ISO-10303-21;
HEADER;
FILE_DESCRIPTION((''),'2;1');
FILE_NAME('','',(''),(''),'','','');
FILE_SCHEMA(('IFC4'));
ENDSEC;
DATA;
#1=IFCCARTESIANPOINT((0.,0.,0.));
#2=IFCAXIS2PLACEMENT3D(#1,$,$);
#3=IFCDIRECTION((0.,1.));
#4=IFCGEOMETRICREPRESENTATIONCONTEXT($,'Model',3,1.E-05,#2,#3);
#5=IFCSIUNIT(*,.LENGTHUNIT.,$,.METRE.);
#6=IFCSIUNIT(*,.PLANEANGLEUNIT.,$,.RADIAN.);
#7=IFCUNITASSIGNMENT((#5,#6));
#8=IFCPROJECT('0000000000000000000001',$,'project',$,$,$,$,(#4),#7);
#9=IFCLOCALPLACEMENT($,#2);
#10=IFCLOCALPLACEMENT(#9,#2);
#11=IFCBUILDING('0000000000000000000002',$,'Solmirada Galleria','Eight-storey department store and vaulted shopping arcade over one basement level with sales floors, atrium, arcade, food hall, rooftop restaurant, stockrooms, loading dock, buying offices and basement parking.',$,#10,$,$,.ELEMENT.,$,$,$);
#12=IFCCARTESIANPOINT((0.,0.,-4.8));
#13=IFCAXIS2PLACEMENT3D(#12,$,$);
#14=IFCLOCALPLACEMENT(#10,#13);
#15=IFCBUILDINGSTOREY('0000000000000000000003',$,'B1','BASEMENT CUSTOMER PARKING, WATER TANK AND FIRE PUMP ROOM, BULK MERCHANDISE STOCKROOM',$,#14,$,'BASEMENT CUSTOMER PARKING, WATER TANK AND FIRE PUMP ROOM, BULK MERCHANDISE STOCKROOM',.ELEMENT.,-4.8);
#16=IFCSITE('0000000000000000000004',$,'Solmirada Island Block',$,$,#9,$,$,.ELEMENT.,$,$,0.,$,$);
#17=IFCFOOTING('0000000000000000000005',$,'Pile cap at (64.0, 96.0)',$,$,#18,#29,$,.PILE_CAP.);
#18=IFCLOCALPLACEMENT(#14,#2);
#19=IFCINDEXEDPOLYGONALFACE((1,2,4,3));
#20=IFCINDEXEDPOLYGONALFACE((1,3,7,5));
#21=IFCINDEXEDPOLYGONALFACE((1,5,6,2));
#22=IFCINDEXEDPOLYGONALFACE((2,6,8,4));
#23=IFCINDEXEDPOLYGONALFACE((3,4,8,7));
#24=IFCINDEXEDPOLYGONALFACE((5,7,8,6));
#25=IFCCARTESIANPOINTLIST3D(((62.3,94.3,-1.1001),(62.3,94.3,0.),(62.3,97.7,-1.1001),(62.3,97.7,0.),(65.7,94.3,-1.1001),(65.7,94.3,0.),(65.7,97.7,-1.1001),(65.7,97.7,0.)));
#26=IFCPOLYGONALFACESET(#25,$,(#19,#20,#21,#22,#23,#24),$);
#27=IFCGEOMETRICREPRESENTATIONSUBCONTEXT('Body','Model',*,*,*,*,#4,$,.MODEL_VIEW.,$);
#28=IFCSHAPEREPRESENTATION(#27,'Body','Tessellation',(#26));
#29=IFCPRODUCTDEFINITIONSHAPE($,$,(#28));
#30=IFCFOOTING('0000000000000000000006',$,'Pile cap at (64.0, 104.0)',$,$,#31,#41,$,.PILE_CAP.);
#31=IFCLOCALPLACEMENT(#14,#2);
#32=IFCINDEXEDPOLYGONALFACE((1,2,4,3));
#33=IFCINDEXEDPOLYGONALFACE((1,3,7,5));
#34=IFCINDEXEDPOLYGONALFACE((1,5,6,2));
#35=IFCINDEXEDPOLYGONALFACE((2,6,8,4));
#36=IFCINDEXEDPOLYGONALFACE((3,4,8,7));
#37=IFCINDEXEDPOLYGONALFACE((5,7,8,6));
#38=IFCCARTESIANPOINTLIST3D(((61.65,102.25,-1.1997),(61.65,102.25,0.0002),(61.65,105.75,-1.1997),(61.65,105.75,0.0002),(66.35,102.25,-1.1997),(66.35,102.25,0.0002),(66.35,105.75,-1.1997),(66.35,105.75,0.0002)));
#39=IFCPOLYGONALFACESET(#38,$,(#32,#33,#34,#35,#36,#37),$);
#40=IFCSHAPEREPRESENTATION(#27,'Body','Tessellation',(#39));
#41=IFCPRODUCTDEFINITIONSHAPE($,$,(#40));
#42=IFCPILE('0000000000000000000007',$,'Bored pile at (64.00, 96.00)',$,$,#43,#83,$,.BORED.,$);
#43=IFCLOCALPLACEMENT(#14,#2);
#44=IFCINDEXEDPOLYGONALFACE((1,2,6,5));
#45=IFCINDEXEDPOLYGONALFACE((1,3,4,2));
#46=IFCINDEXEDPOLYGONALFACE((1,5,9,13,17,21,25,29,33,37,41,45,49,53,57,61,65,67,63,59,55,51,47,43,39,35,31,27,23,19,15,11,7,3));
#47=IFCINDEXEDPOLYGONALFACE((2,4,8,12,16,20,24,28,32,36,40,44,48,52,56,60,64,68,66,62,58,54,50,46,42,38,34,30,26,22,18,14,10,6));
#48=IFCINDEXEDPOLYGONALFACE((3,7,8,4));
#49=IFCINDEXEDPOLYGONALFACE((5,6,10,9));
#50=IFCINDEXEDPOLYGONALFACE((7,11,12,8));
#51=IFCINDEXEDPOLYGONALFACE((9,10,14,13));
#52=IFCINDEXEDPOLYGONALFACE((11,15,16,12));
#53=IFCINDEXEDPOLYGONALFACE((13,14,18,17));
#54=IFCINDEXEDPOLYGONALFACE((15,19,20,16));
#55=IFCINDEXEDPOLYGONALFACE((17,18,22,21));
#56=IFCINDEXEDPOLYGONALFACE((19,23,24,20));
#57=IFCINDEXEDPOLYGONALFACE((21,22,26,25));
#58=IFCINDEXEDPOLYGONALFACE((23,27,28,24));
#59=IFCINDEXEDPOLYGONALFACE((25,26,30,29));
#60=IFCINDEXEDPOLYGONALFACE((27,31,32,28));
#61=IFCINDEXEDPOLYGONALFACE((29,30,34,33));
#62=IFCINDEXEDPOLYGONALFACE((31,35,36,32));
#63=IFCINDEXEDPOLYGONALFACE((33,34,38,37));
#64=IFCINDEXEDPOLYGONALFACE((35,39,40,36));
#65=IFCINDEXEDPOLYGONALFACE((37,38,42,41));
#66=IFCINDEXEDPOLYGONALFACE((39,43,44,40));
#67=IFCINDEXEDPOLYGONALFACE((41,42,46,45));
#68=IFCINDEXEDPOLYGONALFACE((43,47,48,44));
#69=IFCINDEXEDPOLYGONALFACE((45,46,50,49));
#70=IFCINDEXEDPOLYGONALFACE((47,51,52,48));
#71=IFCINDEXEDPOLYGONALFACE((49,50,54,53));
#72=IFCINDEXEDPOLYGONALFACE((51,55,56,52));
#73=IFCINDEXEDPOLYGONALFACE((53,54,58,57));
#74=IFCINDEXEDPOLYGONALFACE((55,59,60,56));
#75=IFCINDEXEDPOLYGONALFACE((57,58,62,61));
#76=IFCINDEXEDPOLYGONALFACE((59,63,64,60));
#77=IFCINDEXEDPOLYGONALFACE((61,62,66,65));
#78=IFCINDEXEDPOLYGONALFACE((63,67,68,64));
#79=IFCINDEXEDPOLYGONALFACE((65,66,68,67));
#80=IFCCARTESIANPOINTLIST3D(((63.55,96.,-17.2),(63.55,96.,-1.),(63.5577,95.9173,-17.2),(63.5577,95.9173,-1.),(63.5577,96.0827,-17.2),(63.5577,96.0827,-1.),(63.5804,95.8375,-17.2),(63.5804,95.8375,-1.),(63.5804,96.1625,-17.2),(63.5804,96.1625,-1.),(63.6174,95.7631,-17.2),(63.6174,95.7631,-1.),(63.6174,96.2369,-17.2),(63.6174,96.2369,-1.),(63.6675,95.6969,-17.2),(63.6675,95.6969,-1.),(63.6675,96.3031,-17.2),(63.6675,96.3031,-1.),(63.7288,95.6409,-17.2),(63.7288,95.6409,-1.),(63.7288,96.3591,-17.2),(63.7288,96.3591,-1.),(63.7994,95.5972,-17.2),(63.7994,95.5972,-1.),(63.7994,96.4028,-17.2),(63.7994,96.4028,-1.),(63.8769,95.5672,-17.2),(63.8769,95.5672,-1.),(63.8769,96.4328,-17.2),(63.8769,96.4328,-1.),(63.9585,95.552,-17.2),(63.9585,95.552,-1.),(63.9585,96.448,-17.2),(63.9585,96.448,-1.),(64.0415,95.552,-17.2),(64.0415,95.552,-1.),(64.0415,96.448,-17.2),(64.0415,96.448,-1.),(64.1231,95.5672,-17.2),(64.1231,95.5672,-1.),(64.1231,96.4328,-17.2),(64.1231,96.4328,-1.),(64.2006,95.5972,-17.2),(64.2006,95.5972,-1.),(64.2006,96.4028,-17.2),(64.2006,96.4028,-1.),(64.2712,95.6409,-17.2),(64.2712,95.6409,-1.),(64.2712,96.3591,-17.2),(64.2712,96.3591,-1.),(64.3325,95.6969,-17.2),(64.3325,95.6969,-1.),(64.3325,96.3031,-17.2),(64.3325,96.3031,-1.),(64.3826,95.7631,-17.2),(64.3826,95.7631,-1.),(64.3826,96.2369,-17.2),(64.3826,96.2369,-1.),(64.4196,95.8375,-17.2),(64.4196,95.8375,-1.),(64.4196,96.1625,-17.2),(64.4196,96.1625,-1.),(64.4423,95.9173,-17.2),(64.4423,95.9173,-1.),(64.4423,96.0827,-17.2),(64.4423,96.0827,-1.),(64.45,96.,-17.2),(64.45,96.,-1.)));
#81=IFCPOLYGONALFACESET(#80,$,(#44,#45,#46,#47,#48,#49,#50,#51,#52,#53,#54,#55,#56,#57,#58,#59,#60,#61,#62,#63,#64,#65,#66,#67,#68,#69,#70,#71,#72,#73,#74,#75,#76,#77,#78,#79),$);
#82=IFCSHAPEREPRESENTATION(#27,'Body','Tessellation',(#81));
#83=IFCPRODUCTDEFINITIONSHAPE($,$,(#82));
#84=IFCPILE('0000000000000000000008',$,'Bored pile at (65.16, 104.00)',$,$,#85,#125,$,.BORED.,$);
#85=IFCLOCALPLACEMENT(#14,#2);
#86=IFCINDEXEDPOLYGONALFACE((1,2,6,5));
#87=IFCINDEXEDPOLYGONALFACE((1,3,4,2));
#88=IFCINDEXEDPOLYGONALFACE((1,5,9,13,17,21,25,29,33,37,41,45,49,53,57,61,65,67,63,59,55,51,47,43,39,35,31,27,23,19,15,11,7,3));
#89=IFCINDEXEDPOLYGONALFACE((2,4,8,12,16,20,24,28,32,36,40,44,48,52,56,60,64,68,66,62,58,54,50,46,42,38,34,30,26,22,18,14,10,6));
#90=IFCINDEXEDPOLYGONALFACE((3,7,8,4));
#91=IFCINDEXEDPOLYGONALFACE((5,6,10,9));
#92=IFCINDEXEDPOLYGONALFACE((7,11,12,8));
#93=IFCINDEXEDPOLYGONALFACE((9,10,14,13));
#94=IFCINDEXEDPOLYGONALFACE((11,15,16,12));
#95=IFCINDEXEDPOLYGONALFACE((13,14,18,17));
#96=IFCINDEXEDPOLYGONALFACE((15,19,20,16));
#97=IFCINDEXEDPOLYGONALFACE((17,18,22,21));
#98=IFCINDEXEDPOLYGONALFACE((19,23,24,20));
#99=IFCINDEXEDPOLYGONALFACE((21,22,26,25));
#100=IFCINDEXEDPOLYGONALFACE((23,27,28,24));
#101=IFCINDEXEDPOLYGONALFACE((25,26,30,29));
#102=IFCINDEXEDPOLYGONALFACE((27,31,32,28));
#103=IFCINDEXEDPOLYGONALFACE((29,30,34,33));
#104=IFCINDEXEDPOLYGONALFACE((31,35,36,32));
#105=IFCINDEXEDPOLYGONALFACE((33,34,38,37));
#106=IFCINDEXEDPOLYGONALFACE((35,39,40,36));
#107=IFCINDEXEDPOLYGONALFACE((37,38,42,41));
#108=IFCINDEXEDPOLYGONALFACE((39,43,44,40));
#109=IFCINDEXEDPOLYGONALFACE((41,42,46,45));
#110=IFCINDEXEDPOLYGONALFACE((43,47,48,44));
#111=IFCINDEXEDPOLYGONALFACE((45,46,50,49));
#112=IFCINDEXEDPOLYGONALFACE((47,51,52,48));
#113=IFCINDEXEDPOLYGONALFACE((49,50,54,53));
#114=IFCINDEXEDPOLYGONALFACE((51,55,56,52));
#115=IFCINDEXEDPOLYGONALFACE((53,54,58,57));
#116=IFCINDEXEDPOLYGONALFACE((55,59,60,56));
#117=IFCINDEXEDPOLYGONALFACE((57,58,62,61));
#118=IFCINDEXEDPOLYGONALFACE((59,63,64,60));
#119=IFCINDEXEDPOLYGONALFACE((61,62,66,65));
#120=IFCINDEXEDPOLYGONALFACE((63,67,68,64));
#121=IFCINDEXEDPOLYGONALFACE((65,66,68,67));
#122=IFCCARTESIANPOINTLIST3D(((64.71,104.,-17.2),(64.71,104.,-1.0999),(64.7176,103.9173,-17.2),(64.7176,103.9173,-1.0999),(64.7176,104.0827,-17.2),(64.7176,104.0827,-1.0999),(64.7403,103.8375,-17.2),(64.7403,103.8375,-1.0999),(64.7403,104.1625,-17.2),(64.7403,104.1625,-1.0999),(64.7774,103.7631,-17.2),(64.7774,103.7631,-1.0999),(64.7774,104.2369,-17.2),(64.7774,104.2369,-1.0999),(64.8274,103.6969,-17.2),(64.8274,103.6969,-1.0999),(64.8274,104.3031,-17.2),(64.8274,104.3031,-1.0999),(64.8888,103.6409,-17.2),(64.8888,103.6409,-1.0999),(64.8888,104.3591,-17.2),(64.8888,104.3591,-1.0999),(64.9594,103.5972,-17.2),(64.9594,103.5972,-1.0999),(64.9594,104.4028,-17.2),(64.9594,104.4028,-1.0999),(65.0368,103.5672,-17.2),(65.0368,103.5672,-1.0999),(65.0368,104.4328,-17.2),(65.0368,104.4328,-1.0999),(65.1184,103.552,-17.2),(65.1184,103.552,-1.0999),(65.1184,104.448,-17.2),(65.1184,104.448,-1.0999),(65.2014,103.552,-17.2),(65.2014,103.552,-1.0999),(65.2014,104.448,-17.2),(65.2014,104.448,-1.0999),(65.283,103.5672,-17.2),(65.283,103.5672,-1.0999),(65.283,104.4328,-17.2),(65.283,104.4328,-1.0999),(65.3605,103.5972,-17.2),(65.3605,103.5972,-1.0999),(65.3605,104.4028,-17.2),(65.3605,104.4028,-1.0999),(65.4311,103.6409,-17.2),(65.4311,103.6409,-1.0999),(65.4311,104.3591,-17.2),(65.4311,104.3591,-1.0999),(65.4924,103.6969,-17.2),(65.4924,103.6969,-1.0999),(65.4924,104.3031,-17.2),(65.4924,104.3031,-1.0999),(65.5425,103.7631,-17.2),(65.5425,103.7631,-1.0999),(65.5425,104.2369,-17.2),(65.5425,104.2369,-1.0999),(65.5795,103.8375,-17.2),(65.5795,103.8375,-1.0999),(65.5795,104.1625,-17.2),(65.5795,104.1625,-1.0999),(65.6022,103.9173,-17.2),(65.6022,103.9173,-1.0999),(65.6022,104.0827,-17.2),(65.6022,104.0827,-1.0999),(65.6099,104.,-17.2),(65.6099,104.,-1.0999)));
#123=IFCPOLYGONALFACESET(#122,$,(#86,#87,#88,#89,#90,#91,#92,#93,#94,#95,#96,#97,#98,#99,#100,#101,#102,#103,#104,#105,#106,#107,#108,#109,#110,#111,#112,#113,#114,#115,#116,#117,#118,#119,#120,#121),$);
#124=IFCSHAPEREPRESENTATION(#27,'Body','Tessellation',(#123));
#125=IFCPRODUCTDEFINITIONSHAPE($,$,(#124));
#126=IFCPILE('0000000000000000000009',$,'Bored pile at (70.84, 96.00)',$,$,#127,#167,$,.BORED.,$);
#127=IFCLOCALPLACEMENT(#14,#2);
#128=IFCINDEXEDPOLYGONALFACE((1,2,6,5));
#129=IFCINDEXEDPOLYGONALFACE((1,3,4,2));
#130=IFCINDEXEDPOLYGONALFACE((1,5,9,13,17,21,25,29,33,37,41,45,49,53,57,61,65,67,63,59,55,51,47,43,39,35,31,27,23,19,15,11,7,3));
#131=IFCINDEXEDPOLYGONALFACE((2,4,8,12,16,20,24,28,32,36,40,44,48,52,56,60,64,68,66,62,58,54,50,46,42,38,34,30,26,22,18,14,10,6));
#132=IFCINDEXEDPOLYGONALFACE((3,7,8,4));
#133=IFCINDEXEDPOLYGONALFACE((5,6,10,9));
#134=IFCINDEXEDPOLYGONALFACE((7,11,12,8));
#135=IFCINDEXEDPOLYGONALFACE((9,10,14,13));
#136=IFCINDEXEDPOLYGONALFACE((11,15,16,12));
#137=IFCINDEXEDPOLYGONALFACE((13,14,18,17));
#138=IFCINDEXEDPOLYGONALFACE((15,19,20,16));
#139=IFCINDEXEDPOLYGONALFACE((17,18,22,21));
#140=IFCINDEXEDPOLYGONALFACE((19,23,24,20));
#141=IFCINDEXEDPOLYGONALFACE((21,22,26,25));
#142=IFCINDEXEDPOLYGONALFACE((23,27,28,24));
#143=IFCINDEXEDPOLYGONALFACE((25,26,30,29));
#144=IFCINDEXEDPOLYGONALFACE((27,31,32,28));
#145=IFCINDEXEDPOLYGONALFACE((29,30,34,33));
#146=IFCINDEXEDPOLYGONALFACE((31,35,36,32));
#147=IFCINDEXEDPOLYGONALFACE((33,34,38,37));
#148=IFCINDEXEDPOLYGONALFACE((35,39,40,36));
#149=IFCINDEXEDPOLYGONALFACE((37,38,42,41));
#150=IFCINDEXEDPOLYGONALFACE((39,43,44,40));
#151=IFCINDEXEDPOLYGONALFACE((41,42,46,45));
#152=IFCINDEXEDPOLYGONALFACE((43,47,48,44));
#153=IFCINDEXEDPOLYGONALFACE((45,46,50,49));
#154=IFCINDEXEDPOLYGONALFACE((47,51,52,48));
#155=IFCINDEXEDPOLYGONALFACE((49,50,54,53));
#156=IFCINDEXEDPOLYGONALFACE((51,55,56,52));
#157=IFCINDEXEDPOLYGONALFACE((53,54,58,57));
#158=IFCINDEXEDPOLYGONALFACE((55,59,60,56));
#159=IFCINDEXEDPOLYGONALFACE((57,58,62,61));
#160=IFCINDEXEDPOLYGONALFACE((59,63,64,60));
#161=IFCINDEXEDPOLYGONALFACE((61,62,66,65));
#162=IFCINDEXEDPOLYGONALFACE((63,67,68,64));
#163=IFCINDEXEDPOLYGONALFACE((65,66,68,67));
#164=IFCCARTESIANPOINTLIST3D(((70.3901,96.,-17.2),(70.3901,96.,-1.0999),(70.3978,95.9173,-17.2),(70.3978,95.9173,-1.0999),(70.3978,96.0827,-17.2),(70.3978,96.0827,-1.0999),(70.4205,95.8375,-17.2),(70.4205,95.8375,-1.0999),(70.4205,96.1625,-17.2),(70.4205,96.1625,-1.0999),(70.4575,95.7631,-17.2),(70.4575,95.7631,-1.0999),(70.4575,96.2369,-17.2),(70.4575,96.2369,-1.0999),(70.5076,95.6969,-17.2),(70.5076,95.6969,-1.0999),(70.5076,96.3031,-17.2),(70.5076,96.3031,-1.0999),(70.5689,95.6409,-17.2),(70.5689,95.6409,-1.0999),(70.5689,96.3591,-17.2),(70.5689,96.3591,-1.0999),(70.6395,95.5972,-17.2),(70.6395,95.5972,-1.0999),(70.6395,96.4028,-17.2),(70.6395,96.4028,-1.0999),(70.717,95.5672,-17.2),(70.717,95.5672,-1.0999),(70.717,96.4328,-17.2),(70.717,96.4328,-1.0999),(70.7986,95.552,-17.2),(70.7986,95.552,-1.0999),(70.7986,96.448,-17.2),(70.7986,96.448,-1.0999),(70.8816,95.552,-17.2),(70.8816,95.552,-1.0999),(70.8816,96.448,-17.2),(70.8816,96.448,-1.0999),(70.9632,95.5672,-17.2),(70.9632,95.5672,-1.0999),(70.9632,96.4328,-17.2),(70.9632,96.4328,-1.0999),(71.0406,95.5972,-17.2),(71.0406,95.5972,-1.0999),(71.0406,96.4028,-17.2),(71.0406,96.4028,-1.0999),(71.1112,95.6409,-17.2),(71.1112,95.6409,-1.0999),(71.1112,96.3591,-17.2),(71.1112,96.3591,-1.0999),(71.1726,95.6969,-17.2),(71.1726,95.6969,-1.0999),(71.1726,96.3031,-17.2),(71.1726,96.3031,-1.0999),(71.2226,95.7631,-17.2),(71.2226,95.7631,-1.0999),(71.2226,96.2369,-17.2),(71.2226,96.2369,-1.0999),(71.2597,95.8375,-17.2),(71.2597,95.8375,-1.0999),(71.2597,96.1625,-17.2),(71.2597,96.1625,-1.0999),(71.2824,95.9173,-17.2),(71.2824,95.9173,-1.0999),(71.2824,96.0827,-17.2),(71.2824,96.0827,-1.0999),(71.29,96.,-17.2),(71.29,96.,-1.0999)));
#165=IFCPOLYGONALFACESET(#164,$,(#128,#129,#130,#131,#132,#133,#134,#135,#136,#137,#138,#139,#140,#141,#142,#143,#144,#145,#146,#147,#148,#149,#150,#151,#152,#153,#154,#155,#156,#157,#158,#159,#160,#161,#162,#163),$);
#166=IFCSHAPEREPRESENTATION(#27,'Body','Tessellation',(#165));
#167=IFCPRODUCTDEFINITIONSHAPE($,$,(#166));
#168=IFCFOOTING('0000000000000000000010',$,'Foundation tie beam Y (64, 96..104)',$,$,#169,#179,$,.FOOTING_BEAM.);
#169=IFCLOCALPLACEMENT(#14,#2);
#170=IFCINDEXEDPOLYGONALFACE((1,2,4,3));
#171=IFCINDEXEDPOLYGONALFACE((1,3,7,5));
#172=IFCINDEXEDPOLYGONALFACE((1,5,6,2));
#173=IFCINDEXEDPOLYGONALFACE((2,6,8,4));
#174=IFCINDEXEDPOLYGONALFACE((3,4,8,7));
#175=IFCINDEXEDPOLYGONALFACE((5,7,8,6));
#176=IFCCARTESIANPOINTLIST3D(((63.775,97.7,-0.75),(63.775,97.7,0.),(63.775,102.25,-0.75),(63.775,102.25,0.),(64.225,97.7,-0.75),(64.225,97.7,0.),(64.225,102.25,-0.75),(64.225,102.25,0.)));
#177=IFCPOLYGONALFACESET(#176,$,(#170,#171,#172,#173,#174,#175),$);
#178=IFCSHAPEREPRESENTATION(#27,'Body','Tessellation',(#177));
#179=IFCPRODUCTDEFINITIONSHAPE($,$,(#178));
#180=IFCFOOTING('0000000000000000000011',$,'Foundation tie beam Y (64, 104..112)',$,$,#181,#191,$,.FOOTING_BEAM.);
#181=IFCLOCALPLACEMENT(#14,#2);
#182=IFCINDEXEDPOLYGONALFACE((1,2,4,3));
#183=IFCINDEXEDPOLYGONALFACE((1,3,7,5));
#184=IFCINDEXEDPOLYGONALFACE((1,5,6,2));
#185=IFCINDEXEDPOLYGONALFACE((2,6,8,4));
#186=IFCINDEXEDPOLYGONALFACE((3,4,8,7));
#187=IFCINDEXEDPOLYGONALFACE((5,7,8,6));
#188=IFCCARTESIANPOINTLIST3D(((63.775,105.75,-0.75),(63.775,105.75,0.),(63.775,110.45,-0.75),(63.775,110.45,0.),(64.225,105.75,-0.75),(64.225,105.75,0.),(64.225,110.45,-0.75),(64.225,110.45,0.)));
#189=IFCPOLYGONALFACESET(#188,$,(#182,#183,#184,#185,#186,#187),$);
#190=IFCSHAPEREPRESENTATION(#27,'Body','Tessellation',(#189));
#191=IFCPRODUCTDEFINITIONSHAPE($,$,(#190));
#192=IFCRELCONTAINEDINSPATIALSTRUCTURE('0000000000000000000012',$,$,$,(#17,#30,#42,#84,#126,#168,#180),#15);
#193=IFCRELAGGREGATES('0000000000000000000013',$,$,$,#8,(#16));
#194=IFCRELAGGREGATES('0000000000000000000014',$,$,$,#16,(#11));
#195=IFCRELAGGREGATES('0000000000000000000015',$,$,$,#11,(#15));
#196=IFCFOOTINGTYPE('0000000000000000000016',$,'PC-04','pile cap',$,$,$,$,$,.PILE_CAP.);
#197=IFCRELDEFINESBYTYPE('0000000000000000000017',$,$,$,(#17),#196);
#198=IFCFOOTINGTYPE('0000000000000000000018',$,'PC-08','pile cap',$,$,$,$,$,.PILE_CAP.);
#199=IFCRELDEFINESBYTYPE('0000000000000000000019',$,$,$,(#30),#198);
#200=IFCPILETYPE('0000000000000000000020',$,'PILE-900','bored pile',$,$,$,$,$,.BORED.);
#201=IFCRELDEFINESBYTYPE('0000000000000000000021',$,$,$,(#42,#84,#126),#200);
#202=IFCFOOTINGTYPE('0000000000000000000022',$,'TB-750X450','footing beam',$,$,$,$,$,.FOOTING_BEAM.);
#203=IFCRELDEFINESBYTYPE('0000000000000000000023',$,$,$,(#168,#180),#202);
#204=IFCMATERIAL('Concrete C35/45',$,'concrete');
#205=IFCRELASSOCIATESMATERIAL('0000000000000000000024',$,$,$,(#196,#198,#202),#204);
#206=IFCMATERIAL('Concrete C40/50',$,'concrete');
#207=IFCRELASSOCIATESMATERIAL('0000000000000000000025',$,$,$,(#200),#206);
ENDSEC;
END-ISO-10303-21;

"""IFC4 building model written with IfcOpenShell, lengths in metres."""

from ifc_helpers import new_model, si_unit, direction, frame, origin, origin_2d, place, context, subcontext, project, spatial, rectangle, circle, extrude, material, material_profile, profile_set, type_object, element, save


model = new_model("IFC4")

# Units and contexts
model_context = context("Model", 3, precision=1e-05, world=origin(), true_north=direction((0.0, 1.0)))
body_context = subcontext(model_context, "Body", "Model", "MODEL_VIEW")
ifc_project = project(units=[si_unit("LENGTHUNIT", "METRE"), si_unit("PLANEANGLEUNIT", "RADIAN")], contexts=[model_context])

# Site, building, storey
site_placement = place(None, origin())
site = spatial("IfcSite", under=ifc_project, at=site_placement, Name="Solmirada Island Block", CompositionType="ELEMENT", RefElevation=0.0)
building_placement = place(site_placement, origin())
building = spatial("IfcBuilding", under=site, at=building_placement, Name="Solmirada Galleria", Description="Eight-storey department store and vaulted shopping arcade over one basement level with sales floors, atrium, arcade, food hall, rooftop restaurant, stockrooms, loading dock, buying offices and basement parking.", CompositionType="ELEMENT")
storey_placement = place(building_placement, frame((0.0, 0.0, -4.8)))
storey = spatial("IfcBuildingStorey", under=building, at=storey_placement, Name="B1", Description="BASEMENT CUSTOMER PARKING, WATER TANK AND FIRE PUMP ROOM, BULK MERCHANDISE STOCKROOM", LongName="BASEMENT CUSTOMER PARKING, WATER TANK AND FIRE PUMP ROOM, BULK MERCHANDISE STOCKROOM", CompositionType="ELEMENT", Elevation=-4.8)

# Footings
ifc_material_1 = material(Name="Concrete C35/45", Category="concrete")
footing_type_1 = type_object("IfcFootingType", Name="PC-04", Description="pile cap", PredefinedType="PILE_CAP", material=ifc_material_1)
footing_1_placement = place(storey_placement, frame((64.0, 96.0, -1.1001), z_axis=(0.0, 0.0, 1.0), x_axis=(1.0, 0.0, 0.0)))
element("IfcFooting", 1, at=footing_1_placement, inside=storey, type_object=footing_type_1, Name="Pile cap at (64.0, 96.0)", PredefinedType="PILE_CAP", context=body_context, shape_type="SweptSolid", body=[
    extrude(rectangle(XDim=3.3999, YDim=3.3999, at=origin_2d()), origin(), (0.0, 0.0, 1.0), 1.1001),
])
footing_type_2 = type_object("IfcFootingType", Name="PC-08", Description="pile cap", PredefinedType="PILE_CAP", material=ifc_material_1)
footing_2_placement = place(storey_placement, frame((64.0, 104.0, -1.1997), z_axis=(0.0, 0.0, 1.0), x_axis=(1.0, 0.0, 0.0)))
element("IfcFooting", 2, at=footing_2_placement, inside=storey, type_object=footing_type_2, Name="Pile cap at (64.0, 104.0)", PredefinedType="PILE_CAP", context=body_context, shape_type="SweptSolid", body=[
    extrude(rectangle(XDim=4.7, YDim=3.5, at=origin_2d()), origin(), (0.0, 0.0, 1.0), 1.2),
])

# Piles
ifc_material_2 = material(Name="Concrete C40/50", Category="concrete")
ifc_material_profile_1 = material_profile(ifc_material_2, circle(Radius=0.45, at=origin_2d()), Name="PILE900")
ifc_profile_set_1 = profile_set([ifc_material_profile_1], Name="Concrete C40/50")
pile_type = type_object("IfcPileType", Name="PILE-900", Description="bored pile", PredefinedType="BORED", material=ifc_profile_set_1)
pile_placement = place(storey_placement, frame((64.0, 96.0, -1.0), z_axis=(0.0, 0.0, -1.0), x_axis=(1.0, 0.0, 0.0)))
element("IfcPile", 3, at=pile_placement, inside=storey, type_object=pile_type, Name="Bored pile at (64.00, 96.00)", PredefinedType="BORED", context=body_context, shape_type="SweptSolid", body=[
    extrude(circle(Radius=0.45, at=origin_2d()), origin(), (0.0, 0.0, 1.0), 16.2),
])
for number, where, z_axis, x_axis, name in (
    (4, (65.1599, 104.0, -1.0999), (0.0, 0.0, -1.0), (1.0, 0.0, 0.0), "Bored pile at (65.16, 104.00)"),
    (5, (70.8401, 96.0, -1.0999), (0.0, 0.0, -1.0), (1.0, 0.0, 0.0), "Bored pile at (70.84, 96.00)"),
):
    element("IfcPile", number, at=place(storey_placement, frame(where, z_axis=z_axis, x_axis=x_axis)), inside=storey, type_object=pile_type, Name=name, PredefinedType="BORED", context=body_context, shape_type="SweptSolid", body=[
        extrude(circle(Radius=0.45, at=origin_2d()), origin(), (0.0, 0.0, 1.0), 16.1001),
    ])

# Footings
ifc_material_profile_2 = material_profile(ifc_material_1, rectangle(XDim=0.45, YDim=0.75, at=origin_2d()), Name="RC750X450")
ifc_profile_set_2 = profile_set([ifc_material_profile_2], Name="Concrete C35/45")
footing_type_3 = type_object("IfcFootingType", Name="TB-750X450", Description="footing beam", PredefinedType="FOOTING_BEAM", material=ifc_profile_set_2)
footing_3_placement = place(storey_placement, frame((64.0, 97.7, -0.375), z_axis=(0.0, 1.0, 0.0), x_axis=(-1.0, 0.0, 0.0)))
element("IfcFooting", 6, at=footing_3_placement, inside=storey, type_object=footing_type_3, Name="Foundation tie beam Y (64, 96..104)", PredefinedType="FOOTING_BEAM", context=body_context, shape_type="SweptSolid", body=[
    extrude(rectangle(XDim=0.45, YDim=0.75, at=origin_2d()), origin(), (0.0, 0.0, 1.0), 4.55),
])
footing_4_placement = place(storey_placement, frame((64.0, 105.75, -0.375), z_axis=(0.0, 1.0, 0.0), x_axis=(-1.0, 0.0, 0.0)))
element("IfcFooting", 7, at=footing_4_placement, inside=storey, type_object=footing_type_3, Name="Foundation tie beam Y (64, 104..112)", PredefinedType="FOOTING_BEAM", context=body_context, shape_type="SweptSolid", body=[
    extrude(rectangle(XDim=0.45, YDim=0.75, at=origin_2d()), origin(), (0.0, 0.0, 1.0), 4.7),
])

save(model, "model.ifc")
